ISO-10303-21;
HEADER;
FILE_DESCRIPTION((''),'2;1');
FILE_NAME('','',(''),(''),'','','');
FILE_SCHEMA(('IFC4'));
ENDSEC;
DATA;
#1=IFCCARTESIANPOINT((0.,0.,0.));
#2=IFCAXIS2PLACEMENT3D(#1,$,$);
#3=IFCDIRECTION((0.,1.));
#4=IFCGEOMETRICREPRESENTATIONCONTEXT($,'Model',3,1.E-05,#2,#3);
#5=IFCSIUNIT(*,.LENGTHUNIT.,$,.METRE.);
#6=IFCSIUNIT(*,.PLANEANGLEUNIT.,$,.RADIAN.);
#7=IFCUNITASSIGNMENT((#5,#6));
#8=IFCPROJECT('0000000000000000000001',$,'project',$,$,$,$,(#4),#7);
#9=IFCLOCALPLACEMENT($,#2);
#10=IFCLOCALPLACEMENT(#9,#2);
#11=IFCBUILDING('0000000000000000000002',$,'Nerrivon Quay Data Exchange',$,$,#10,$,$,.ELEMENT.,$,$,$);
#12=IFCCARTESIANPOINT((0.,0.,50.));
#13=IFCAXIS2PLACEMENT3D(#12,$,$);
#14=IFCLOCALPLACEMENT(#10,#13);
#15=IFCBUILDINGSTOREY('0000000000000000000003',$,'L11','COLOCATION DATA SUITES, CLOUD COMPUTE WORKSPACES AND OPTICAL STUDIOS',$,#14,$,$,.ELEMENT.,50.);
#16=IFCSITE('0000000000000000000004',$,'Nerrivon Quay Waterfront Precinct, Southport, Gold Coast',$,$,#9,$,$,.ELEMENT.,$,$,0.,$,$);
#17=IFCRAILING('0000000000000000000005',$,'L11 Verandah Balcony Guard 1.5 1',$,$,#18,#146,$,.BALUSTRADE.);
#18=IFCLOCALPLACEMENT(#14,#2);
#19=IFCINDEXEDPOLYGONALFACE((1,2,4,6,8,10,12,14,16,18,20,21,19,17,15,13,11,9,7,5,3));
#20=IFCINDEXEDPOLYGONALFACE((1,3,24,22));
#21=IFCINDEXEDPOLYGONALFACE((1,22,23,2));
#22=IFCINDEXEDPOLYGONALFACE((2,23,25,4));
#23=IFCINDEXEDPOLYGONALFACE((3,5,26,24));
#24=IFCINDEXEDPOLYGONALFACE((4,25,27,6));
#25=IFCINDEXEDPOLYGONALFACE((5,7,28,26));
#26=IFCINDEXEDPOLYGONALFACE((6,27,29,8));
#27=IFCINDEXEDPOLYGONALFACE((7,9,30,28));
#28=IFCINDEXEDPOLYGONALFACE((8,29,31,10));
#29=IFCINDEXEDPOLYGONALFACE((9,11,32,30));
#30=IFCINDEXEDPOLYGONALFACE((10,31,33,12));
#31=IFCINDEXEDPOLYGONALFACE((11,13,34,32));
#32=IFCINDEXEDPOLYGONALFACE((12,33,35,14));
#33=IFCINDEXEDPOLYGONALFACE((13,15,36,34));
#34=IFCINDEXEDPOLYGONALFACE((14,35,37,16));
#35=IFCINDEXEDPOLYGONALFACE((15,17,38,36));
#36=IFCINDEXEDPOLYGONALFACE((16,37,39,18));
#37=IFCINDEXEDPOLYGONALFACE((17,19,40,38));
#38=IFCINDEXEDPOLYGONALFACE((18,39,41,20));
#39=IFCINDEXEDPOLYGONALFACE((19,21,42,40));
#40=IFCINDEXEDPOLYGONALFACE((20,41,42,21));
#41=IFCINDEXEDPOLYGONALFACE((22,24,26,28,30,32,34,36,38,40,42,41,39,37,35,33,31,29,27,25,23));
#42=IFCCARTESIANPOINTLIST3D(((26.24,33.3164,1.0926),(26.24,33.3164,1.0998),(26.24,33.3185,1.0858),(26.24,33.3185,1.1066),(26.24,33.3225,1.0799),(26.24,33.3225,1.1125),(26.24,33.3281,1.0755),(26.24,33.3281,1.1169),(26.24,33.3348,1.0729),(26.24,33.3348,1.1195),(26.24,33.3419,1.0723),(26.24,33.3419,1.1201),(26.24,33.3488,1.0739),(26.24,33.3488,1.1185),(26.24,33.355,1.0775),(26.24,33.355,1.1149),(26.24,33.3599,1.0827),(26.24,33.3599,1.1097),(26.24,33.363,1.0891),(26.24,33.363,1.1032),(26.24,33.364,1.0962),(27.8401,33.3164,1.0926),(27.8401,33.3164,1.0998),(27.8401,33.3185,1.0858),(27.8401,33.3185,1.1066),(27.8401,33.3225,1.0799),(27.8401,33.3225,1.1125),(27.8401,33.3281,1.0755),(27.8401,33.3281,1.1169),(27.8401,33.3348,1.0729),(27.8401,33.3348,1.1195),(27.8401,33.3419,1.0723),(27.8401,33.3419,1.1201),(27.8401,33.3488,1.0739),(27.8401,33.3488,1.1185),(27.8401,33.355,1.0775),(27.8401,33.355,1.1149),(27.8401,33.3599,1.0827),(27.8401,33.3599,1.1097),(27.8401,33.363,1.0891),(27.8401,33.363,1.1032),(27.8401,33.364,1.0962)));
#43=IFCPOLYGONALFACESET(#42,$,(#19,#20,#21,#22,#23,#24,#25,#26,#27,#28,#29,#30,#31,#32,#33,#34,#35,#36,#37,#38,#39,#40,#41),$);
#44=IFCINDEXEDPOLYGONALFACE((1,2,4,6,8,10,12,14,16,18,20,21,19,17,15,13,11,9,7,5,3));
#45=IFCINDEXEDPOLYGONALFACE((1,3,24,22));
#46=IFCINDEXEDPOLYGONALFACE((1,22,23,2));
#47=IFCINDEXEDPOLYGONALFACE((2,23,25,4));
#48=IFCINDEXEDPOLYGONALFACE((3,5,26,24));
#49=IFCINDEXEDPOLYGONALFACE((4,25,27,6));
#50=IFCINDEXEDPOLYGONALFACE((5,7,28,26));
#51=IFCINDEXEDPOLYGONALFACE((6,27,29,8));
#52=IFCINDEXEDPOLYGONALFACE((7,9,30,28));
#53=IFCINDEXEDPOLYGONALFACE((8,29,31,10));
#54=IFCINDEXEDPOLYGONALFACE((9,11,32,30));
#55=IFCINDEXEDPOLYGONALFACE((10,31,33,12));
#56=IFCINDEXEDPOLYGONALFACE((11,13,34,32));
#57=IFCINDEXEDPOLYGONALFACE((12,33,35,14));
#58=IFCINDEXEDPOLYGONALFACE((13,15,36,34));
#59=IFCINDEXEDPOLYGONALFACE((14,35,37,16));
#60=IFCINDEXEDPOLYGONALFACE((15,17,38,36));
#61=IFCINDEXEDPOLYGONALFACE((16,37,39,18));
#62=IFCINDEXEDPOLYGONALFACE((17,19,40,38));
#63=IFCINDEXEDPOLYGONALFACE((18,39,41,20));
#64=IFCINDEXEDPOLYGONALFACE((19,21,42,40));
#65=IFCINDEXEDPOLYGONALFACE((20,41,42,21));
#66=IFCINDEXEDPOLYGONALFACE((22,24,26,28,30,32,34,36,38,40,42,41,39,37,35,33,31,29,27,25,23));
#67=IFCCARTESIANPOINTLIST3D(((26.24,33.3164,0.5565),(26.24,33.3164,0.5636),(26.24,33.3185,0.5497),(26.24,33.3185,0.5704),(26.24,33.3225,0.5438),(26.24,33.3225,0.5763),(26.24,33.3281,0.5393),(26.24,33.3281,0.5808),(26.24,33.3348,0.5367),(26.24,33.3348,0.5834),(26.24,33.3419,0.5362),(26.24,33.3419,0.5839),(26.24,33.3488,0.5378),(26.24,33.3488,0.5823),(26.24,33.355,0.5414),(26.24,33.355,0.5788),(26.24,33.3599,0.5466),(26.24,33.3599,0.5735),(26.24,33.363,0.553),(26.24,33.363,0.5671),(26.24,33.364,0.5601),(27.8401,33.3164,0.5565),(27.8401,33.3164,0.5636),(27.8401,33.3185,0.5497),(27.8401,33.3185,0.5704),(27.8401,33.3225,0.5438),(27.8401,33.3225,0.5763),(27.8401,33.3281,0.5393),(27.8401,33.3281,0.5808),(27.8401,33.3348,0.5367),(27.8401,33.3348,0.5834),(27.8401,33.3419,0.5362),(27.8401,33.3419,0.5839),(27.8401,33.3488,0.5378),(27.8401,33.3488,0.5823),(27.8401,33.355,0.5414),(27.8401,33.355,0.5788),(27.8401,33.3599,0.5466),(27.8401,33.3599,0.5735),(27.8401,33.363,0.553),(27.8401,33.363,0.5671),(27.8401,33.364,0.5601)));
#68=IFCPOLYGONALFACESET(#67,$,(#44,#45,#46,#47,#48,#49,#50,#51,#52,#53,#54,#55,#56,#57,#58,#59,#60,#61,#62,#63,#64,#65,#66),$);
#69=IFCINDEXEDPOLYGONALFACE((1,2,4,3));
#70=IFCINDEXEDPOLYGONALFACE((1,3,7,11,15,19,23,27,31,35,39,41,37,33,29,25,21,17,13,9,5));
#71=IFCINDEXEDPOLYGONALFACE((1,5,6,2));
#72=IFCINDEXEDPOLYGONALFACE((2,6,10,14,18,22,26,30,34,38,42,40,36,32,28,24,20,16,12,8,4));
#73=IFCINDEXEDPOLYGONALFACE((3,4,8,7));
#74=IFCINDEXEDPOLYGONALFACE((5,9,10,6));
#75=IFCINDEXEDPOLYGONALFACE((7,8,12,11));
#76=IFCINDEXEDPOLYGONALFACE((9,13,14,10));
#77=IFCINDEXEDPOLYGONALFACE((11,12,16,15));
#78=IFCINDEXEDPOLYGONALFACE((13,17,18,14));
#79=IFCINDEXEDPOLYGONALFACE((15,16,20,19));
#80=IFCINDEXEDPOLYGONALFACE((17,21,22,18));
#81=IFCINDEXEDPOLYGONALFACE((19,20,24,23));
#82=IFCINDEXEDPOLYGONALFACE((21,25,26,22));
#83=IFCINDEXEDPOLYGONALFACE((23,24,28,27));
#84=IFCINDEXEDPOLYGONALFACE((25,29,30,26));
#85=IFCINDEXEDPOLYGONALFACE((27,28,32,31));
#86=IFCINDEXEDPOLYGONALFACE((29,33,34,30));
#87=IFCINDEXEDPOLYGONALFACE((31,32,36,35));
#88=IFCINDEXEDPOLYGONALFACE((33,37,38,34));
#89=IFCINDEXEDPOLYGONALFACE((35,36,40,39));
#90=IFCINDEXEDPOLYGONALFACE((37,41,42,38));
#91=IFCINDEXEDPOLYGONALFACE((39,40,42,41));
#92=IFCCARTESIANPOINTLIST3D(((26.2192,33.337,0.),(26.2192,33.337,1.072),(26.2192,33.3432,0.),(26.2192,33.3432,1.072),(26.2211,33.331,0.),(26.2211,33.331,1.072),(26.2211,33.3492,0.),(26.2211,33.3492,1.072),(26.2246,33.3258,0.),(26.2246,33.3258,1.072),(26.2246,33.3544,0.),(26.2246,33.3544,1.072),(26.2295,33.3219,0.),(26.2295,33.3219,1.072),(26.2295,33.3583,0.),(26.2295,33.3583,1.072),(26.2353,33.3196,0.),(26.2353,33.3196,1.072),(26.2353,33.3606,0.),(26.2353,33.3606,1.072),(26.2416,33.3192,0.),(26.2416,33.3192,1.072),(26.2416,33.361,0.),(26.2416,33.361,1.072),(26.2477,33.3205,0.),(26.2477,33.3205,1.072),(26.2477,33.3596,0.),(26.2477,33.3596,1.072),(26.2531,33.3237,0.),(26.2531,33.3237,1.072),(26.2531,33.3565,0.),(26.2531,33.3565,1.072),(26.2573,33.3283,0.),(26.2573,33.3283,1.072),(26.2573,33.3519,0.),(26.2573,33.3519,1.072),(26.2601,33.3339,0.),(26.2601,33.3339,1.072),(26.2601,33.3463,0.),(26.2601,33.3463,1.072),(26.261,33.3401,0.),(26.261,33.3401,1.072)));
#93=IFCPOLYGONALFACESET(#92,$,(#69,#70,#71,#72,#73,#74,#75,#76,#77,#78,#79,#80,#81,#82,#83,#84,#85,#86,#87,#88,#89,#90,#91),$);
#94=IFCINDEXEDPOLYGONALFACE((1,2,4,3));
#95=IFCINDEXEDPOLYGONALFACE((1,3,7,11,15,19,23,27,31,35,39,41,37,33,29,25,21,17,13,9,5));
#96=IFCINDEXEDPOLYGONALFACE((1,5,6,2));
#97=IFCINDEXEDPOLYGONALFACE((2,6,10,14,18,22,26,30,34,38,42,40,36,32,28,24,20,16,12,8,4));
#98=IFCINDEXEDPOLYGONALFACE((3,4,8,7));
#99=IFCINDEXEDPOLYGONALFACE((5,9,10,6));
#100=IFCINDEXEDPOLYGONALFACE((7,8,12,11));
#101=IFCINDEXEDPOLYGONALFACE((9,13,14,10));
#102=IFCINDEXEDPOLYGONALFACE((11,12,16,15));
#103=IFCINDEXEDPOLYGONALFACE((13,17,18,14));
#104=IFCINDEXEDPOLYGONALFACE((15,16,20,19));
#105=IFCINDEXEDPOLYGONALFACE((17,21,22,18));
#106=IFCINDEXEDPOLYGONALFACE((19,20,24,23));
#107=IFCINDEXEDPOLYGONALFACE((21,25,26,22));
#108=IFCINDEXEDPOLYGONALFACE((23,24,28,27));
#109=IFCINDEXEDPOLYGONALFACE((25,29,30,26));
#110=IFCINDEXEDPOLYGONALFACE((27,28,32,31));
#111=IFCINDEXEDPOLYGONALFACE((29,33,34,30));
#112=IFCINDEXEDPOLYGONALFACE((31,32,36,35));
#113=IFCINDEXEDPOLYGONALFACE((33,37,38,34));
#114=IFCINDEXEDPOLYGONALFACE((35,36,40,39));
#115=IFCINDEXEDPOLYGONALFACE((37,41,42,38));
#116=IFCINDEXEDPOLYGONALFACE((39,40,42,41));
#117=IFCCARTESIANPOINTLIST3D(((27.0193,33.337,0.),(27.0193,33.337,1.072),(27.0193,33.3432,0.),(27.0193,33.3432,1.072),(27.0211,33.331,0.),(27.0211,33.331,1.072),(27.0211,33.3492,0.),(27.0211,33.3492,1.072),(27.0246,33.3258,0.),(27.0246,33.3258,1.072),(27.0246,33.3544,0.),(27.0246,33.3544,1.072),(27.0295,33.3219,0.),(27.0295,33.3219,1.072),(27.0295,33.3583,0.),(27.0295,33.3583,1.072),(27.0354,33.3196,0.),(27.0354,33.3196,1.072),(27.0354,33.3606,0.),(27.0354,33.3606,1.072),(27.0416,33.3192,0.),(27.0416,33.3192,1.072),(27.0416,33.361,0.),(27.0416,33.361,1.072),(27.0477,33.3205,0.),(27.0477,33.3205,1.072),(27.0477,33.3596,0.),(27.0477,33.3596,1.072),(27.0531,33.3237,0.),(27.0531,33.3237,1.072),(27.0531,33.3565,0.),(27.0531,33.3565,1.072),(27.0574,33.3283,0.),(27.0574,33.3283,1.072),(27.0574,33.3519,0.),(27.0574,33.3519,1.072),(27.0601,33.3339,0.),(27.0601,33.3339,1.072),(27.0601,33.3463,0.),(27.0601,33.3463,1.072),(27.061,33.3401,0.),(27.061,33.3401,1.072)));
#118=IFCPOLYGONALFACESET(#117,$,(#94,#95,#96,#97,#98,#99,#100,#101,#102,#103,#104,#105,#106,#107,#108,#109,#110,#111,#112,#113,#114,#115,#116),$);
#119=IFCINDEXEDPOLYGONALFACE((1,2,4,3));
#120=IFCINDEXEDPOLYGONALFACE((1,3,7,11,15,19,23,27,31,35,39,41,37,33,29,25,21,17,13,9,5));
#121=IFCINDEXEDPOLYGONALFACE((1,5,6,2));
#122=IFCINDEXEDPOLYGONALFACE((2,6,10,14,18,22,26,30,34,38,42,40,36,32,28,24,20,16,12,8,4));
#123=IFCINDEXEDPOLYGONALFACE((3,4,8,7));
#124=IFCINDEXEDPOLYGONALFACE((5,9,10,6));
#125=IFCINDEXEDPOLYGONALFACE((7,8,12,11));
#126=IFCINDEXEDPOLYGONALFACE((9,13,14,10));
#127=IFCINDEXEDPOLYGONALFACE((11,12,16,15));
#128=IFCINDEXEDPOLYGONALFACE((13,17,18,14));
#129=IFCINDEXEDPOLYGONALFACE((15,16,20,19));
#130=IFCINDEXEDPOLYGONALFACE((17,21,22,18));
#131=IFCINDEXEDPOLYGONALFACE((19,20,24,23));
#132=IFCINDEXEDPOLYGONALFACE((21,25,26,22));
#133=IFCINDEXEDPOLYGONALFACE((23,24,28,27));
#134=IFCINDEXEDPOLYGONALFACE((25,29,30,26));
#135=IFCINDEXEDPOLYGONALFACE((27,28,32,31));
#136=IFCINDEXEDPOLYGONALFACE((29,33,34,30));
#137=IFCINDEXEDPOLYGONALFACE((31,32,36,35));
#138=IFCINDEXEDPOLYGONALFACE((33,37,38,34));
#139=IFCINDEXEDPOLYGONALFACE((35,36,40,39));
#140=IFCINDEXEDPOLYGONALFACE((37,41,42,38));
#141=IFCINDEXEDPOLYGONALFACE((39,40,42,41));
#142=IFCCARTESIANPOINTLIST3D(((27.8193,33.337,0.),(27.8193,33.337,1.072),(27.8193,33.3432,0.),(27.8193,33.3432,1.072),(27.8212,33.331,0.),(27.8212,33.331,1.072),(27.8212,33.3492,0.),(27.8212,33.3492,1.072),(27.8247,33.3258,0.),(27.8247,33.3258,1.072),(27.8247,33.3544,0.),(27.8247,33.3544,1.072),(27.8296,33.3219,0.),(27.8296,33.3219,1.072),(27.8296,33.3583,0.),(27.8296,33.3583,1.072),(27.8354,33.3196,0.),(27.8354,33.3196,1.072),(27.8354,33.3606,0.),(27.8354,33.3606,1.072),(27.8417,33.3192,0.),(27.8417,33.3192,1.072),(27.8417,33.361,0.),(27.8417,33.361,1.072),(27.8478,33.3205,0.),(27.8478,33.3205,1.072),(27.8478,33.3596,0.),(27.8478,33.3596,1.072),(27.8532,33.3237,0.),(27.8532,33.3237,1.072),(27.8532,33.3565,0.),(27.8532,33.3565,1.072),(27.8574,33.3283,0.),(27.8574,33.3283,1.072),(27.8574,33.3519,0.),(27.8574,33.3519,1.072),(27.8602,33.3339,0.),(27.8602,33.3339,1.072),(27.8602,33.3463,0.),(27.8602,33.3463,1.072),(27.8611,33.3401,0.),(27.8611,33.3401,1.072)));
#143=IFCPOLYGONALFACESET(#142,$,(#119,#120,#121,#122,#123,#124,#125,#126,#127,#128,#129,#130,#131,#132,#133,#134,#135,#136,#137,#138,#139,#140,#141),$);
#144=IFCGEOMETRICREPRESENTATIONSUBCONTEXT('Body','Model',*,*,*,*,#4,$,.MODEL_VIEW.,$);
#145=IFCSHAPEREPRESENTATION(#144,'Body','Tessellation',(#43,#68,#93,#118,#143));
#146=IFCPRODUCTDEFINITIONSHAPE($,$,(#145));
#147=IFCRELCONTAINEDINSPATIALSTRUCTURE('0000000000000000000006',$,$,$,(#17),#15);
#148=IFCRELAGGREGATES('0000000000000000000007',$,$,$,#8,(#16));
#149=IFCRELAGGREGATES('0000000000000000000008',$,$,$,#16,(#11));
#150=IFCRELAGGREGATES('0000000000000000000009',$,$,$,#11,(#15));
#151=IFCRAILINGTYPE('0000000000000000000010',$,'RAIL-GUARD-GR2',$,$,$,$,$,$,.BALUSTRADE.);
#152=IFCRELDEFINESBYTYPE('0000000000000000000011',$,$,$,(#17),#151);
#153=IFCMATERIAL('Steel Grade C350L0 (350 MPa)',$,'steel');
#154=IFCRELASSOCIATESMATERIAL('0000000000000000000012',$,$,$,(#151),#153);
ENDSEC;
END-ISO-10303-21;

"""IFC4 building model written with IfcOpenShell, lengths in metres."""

from ifc_helpers import new_model, si_unit, direction, frame, origin, origin_2d, place, context, subcontext, project, spatial, circle, extrude, material, type_object, element, save


model = new_model("IFC4")

# Units and contexts
model_context = context("Model", 3, precision=1e-05, world=origin(), true_north=direction((0.0, 1.0)))
body_context = subcontext(model_context, "Body", "Model", "MODEL_VIEW")
ifc_project = project(units=[si_unit("LENGTHUNIT", "METRE"), si_unit("PLANEANGLEUNIT", "RADIAN")], contexts=[model_context])

# Site, building, storey
site_placement = place(None, origin())
site = spatial("IfcSite", under=ifc_project, at=site_placement, Name="Nerrivon Quay Waterfront Precinct, Southport, Gold Coast", CompositionType="ELEMENT", RefElevation=0.0)
building_placement = place(site_placement, origin())
building = spatial("IfcBuilding", under=site, at=building_placement, Name="Nerrivon Quay Data Exchange", CompositionType="ELEMENT")
storey_placement = place(building_placement, frame((0.0, 0.0, 50.0)))
storey = spatial("IfcBuildingStorey", under=building, at=storey_placement, Name="L11", Description="COLOCATION DATA SUITES, CLOUD COMPUTE WORKSPACES AND OPTICAL STUDIOS", CompositionType="ELEMENT", Elevation=50.0)

# Railing
ifc_material_1 = material(Name="Steel Grade C350L0 (350 MPa)", Category="steel")
railing_type = type_object("IfcRailingType", Name="RAIL-GUARD-GR2", PredefinedType="BALUSTRADE", material=ifc_material_1)
railing_1_placement = place(storey_placement, frame((26.24, 33.3401, 0.0)))
element("IfcRailing", 1, at=railing_1_placement, inside=storey, type_object=railing_type, Name="L11 Verandah Balcony Guard 1.5 1", PredefinedType="BALUSTRADE", context=body_context, shape_type="SweptSolid", body=[
    extrude(circle(Radius=0.0239, at=origin_2d()), frame((0.0, 0.0, 1.0962), z_axis=(1.0, 0.0, 0.0), x_axis=(0.0, 1.0, 0.0)), (0.0, 0.0, 1.0), 1.6001),
    extrude(circle(Radius=0.0239, at=origin_2d()), frame((0.0, 0.0, 0.5601), z_axis=(1.0, 0.0, 0.0), x_axis=(0.0, 1.0, 0.0)), (0.0, 0.0, 1.0), 1.6001),
    extrude(circle(Radius=0.021, at=origin_2d()), origin(), (0.0, 0.0, 1.0), 1.072),
    extrude(circle(Radius=0.021, at=origin_2d()), frame((0.8, 0.0, 0.0)), (0.0, 0.0, 1.0), 1.072),
    extrude(circle(Radius=0.021, at=origin_2d()), frame((1.6001, 0.0, 0.0)), (0.0, 0.0, 1.0), 1.072),
])

save(model, "model.ifc")
